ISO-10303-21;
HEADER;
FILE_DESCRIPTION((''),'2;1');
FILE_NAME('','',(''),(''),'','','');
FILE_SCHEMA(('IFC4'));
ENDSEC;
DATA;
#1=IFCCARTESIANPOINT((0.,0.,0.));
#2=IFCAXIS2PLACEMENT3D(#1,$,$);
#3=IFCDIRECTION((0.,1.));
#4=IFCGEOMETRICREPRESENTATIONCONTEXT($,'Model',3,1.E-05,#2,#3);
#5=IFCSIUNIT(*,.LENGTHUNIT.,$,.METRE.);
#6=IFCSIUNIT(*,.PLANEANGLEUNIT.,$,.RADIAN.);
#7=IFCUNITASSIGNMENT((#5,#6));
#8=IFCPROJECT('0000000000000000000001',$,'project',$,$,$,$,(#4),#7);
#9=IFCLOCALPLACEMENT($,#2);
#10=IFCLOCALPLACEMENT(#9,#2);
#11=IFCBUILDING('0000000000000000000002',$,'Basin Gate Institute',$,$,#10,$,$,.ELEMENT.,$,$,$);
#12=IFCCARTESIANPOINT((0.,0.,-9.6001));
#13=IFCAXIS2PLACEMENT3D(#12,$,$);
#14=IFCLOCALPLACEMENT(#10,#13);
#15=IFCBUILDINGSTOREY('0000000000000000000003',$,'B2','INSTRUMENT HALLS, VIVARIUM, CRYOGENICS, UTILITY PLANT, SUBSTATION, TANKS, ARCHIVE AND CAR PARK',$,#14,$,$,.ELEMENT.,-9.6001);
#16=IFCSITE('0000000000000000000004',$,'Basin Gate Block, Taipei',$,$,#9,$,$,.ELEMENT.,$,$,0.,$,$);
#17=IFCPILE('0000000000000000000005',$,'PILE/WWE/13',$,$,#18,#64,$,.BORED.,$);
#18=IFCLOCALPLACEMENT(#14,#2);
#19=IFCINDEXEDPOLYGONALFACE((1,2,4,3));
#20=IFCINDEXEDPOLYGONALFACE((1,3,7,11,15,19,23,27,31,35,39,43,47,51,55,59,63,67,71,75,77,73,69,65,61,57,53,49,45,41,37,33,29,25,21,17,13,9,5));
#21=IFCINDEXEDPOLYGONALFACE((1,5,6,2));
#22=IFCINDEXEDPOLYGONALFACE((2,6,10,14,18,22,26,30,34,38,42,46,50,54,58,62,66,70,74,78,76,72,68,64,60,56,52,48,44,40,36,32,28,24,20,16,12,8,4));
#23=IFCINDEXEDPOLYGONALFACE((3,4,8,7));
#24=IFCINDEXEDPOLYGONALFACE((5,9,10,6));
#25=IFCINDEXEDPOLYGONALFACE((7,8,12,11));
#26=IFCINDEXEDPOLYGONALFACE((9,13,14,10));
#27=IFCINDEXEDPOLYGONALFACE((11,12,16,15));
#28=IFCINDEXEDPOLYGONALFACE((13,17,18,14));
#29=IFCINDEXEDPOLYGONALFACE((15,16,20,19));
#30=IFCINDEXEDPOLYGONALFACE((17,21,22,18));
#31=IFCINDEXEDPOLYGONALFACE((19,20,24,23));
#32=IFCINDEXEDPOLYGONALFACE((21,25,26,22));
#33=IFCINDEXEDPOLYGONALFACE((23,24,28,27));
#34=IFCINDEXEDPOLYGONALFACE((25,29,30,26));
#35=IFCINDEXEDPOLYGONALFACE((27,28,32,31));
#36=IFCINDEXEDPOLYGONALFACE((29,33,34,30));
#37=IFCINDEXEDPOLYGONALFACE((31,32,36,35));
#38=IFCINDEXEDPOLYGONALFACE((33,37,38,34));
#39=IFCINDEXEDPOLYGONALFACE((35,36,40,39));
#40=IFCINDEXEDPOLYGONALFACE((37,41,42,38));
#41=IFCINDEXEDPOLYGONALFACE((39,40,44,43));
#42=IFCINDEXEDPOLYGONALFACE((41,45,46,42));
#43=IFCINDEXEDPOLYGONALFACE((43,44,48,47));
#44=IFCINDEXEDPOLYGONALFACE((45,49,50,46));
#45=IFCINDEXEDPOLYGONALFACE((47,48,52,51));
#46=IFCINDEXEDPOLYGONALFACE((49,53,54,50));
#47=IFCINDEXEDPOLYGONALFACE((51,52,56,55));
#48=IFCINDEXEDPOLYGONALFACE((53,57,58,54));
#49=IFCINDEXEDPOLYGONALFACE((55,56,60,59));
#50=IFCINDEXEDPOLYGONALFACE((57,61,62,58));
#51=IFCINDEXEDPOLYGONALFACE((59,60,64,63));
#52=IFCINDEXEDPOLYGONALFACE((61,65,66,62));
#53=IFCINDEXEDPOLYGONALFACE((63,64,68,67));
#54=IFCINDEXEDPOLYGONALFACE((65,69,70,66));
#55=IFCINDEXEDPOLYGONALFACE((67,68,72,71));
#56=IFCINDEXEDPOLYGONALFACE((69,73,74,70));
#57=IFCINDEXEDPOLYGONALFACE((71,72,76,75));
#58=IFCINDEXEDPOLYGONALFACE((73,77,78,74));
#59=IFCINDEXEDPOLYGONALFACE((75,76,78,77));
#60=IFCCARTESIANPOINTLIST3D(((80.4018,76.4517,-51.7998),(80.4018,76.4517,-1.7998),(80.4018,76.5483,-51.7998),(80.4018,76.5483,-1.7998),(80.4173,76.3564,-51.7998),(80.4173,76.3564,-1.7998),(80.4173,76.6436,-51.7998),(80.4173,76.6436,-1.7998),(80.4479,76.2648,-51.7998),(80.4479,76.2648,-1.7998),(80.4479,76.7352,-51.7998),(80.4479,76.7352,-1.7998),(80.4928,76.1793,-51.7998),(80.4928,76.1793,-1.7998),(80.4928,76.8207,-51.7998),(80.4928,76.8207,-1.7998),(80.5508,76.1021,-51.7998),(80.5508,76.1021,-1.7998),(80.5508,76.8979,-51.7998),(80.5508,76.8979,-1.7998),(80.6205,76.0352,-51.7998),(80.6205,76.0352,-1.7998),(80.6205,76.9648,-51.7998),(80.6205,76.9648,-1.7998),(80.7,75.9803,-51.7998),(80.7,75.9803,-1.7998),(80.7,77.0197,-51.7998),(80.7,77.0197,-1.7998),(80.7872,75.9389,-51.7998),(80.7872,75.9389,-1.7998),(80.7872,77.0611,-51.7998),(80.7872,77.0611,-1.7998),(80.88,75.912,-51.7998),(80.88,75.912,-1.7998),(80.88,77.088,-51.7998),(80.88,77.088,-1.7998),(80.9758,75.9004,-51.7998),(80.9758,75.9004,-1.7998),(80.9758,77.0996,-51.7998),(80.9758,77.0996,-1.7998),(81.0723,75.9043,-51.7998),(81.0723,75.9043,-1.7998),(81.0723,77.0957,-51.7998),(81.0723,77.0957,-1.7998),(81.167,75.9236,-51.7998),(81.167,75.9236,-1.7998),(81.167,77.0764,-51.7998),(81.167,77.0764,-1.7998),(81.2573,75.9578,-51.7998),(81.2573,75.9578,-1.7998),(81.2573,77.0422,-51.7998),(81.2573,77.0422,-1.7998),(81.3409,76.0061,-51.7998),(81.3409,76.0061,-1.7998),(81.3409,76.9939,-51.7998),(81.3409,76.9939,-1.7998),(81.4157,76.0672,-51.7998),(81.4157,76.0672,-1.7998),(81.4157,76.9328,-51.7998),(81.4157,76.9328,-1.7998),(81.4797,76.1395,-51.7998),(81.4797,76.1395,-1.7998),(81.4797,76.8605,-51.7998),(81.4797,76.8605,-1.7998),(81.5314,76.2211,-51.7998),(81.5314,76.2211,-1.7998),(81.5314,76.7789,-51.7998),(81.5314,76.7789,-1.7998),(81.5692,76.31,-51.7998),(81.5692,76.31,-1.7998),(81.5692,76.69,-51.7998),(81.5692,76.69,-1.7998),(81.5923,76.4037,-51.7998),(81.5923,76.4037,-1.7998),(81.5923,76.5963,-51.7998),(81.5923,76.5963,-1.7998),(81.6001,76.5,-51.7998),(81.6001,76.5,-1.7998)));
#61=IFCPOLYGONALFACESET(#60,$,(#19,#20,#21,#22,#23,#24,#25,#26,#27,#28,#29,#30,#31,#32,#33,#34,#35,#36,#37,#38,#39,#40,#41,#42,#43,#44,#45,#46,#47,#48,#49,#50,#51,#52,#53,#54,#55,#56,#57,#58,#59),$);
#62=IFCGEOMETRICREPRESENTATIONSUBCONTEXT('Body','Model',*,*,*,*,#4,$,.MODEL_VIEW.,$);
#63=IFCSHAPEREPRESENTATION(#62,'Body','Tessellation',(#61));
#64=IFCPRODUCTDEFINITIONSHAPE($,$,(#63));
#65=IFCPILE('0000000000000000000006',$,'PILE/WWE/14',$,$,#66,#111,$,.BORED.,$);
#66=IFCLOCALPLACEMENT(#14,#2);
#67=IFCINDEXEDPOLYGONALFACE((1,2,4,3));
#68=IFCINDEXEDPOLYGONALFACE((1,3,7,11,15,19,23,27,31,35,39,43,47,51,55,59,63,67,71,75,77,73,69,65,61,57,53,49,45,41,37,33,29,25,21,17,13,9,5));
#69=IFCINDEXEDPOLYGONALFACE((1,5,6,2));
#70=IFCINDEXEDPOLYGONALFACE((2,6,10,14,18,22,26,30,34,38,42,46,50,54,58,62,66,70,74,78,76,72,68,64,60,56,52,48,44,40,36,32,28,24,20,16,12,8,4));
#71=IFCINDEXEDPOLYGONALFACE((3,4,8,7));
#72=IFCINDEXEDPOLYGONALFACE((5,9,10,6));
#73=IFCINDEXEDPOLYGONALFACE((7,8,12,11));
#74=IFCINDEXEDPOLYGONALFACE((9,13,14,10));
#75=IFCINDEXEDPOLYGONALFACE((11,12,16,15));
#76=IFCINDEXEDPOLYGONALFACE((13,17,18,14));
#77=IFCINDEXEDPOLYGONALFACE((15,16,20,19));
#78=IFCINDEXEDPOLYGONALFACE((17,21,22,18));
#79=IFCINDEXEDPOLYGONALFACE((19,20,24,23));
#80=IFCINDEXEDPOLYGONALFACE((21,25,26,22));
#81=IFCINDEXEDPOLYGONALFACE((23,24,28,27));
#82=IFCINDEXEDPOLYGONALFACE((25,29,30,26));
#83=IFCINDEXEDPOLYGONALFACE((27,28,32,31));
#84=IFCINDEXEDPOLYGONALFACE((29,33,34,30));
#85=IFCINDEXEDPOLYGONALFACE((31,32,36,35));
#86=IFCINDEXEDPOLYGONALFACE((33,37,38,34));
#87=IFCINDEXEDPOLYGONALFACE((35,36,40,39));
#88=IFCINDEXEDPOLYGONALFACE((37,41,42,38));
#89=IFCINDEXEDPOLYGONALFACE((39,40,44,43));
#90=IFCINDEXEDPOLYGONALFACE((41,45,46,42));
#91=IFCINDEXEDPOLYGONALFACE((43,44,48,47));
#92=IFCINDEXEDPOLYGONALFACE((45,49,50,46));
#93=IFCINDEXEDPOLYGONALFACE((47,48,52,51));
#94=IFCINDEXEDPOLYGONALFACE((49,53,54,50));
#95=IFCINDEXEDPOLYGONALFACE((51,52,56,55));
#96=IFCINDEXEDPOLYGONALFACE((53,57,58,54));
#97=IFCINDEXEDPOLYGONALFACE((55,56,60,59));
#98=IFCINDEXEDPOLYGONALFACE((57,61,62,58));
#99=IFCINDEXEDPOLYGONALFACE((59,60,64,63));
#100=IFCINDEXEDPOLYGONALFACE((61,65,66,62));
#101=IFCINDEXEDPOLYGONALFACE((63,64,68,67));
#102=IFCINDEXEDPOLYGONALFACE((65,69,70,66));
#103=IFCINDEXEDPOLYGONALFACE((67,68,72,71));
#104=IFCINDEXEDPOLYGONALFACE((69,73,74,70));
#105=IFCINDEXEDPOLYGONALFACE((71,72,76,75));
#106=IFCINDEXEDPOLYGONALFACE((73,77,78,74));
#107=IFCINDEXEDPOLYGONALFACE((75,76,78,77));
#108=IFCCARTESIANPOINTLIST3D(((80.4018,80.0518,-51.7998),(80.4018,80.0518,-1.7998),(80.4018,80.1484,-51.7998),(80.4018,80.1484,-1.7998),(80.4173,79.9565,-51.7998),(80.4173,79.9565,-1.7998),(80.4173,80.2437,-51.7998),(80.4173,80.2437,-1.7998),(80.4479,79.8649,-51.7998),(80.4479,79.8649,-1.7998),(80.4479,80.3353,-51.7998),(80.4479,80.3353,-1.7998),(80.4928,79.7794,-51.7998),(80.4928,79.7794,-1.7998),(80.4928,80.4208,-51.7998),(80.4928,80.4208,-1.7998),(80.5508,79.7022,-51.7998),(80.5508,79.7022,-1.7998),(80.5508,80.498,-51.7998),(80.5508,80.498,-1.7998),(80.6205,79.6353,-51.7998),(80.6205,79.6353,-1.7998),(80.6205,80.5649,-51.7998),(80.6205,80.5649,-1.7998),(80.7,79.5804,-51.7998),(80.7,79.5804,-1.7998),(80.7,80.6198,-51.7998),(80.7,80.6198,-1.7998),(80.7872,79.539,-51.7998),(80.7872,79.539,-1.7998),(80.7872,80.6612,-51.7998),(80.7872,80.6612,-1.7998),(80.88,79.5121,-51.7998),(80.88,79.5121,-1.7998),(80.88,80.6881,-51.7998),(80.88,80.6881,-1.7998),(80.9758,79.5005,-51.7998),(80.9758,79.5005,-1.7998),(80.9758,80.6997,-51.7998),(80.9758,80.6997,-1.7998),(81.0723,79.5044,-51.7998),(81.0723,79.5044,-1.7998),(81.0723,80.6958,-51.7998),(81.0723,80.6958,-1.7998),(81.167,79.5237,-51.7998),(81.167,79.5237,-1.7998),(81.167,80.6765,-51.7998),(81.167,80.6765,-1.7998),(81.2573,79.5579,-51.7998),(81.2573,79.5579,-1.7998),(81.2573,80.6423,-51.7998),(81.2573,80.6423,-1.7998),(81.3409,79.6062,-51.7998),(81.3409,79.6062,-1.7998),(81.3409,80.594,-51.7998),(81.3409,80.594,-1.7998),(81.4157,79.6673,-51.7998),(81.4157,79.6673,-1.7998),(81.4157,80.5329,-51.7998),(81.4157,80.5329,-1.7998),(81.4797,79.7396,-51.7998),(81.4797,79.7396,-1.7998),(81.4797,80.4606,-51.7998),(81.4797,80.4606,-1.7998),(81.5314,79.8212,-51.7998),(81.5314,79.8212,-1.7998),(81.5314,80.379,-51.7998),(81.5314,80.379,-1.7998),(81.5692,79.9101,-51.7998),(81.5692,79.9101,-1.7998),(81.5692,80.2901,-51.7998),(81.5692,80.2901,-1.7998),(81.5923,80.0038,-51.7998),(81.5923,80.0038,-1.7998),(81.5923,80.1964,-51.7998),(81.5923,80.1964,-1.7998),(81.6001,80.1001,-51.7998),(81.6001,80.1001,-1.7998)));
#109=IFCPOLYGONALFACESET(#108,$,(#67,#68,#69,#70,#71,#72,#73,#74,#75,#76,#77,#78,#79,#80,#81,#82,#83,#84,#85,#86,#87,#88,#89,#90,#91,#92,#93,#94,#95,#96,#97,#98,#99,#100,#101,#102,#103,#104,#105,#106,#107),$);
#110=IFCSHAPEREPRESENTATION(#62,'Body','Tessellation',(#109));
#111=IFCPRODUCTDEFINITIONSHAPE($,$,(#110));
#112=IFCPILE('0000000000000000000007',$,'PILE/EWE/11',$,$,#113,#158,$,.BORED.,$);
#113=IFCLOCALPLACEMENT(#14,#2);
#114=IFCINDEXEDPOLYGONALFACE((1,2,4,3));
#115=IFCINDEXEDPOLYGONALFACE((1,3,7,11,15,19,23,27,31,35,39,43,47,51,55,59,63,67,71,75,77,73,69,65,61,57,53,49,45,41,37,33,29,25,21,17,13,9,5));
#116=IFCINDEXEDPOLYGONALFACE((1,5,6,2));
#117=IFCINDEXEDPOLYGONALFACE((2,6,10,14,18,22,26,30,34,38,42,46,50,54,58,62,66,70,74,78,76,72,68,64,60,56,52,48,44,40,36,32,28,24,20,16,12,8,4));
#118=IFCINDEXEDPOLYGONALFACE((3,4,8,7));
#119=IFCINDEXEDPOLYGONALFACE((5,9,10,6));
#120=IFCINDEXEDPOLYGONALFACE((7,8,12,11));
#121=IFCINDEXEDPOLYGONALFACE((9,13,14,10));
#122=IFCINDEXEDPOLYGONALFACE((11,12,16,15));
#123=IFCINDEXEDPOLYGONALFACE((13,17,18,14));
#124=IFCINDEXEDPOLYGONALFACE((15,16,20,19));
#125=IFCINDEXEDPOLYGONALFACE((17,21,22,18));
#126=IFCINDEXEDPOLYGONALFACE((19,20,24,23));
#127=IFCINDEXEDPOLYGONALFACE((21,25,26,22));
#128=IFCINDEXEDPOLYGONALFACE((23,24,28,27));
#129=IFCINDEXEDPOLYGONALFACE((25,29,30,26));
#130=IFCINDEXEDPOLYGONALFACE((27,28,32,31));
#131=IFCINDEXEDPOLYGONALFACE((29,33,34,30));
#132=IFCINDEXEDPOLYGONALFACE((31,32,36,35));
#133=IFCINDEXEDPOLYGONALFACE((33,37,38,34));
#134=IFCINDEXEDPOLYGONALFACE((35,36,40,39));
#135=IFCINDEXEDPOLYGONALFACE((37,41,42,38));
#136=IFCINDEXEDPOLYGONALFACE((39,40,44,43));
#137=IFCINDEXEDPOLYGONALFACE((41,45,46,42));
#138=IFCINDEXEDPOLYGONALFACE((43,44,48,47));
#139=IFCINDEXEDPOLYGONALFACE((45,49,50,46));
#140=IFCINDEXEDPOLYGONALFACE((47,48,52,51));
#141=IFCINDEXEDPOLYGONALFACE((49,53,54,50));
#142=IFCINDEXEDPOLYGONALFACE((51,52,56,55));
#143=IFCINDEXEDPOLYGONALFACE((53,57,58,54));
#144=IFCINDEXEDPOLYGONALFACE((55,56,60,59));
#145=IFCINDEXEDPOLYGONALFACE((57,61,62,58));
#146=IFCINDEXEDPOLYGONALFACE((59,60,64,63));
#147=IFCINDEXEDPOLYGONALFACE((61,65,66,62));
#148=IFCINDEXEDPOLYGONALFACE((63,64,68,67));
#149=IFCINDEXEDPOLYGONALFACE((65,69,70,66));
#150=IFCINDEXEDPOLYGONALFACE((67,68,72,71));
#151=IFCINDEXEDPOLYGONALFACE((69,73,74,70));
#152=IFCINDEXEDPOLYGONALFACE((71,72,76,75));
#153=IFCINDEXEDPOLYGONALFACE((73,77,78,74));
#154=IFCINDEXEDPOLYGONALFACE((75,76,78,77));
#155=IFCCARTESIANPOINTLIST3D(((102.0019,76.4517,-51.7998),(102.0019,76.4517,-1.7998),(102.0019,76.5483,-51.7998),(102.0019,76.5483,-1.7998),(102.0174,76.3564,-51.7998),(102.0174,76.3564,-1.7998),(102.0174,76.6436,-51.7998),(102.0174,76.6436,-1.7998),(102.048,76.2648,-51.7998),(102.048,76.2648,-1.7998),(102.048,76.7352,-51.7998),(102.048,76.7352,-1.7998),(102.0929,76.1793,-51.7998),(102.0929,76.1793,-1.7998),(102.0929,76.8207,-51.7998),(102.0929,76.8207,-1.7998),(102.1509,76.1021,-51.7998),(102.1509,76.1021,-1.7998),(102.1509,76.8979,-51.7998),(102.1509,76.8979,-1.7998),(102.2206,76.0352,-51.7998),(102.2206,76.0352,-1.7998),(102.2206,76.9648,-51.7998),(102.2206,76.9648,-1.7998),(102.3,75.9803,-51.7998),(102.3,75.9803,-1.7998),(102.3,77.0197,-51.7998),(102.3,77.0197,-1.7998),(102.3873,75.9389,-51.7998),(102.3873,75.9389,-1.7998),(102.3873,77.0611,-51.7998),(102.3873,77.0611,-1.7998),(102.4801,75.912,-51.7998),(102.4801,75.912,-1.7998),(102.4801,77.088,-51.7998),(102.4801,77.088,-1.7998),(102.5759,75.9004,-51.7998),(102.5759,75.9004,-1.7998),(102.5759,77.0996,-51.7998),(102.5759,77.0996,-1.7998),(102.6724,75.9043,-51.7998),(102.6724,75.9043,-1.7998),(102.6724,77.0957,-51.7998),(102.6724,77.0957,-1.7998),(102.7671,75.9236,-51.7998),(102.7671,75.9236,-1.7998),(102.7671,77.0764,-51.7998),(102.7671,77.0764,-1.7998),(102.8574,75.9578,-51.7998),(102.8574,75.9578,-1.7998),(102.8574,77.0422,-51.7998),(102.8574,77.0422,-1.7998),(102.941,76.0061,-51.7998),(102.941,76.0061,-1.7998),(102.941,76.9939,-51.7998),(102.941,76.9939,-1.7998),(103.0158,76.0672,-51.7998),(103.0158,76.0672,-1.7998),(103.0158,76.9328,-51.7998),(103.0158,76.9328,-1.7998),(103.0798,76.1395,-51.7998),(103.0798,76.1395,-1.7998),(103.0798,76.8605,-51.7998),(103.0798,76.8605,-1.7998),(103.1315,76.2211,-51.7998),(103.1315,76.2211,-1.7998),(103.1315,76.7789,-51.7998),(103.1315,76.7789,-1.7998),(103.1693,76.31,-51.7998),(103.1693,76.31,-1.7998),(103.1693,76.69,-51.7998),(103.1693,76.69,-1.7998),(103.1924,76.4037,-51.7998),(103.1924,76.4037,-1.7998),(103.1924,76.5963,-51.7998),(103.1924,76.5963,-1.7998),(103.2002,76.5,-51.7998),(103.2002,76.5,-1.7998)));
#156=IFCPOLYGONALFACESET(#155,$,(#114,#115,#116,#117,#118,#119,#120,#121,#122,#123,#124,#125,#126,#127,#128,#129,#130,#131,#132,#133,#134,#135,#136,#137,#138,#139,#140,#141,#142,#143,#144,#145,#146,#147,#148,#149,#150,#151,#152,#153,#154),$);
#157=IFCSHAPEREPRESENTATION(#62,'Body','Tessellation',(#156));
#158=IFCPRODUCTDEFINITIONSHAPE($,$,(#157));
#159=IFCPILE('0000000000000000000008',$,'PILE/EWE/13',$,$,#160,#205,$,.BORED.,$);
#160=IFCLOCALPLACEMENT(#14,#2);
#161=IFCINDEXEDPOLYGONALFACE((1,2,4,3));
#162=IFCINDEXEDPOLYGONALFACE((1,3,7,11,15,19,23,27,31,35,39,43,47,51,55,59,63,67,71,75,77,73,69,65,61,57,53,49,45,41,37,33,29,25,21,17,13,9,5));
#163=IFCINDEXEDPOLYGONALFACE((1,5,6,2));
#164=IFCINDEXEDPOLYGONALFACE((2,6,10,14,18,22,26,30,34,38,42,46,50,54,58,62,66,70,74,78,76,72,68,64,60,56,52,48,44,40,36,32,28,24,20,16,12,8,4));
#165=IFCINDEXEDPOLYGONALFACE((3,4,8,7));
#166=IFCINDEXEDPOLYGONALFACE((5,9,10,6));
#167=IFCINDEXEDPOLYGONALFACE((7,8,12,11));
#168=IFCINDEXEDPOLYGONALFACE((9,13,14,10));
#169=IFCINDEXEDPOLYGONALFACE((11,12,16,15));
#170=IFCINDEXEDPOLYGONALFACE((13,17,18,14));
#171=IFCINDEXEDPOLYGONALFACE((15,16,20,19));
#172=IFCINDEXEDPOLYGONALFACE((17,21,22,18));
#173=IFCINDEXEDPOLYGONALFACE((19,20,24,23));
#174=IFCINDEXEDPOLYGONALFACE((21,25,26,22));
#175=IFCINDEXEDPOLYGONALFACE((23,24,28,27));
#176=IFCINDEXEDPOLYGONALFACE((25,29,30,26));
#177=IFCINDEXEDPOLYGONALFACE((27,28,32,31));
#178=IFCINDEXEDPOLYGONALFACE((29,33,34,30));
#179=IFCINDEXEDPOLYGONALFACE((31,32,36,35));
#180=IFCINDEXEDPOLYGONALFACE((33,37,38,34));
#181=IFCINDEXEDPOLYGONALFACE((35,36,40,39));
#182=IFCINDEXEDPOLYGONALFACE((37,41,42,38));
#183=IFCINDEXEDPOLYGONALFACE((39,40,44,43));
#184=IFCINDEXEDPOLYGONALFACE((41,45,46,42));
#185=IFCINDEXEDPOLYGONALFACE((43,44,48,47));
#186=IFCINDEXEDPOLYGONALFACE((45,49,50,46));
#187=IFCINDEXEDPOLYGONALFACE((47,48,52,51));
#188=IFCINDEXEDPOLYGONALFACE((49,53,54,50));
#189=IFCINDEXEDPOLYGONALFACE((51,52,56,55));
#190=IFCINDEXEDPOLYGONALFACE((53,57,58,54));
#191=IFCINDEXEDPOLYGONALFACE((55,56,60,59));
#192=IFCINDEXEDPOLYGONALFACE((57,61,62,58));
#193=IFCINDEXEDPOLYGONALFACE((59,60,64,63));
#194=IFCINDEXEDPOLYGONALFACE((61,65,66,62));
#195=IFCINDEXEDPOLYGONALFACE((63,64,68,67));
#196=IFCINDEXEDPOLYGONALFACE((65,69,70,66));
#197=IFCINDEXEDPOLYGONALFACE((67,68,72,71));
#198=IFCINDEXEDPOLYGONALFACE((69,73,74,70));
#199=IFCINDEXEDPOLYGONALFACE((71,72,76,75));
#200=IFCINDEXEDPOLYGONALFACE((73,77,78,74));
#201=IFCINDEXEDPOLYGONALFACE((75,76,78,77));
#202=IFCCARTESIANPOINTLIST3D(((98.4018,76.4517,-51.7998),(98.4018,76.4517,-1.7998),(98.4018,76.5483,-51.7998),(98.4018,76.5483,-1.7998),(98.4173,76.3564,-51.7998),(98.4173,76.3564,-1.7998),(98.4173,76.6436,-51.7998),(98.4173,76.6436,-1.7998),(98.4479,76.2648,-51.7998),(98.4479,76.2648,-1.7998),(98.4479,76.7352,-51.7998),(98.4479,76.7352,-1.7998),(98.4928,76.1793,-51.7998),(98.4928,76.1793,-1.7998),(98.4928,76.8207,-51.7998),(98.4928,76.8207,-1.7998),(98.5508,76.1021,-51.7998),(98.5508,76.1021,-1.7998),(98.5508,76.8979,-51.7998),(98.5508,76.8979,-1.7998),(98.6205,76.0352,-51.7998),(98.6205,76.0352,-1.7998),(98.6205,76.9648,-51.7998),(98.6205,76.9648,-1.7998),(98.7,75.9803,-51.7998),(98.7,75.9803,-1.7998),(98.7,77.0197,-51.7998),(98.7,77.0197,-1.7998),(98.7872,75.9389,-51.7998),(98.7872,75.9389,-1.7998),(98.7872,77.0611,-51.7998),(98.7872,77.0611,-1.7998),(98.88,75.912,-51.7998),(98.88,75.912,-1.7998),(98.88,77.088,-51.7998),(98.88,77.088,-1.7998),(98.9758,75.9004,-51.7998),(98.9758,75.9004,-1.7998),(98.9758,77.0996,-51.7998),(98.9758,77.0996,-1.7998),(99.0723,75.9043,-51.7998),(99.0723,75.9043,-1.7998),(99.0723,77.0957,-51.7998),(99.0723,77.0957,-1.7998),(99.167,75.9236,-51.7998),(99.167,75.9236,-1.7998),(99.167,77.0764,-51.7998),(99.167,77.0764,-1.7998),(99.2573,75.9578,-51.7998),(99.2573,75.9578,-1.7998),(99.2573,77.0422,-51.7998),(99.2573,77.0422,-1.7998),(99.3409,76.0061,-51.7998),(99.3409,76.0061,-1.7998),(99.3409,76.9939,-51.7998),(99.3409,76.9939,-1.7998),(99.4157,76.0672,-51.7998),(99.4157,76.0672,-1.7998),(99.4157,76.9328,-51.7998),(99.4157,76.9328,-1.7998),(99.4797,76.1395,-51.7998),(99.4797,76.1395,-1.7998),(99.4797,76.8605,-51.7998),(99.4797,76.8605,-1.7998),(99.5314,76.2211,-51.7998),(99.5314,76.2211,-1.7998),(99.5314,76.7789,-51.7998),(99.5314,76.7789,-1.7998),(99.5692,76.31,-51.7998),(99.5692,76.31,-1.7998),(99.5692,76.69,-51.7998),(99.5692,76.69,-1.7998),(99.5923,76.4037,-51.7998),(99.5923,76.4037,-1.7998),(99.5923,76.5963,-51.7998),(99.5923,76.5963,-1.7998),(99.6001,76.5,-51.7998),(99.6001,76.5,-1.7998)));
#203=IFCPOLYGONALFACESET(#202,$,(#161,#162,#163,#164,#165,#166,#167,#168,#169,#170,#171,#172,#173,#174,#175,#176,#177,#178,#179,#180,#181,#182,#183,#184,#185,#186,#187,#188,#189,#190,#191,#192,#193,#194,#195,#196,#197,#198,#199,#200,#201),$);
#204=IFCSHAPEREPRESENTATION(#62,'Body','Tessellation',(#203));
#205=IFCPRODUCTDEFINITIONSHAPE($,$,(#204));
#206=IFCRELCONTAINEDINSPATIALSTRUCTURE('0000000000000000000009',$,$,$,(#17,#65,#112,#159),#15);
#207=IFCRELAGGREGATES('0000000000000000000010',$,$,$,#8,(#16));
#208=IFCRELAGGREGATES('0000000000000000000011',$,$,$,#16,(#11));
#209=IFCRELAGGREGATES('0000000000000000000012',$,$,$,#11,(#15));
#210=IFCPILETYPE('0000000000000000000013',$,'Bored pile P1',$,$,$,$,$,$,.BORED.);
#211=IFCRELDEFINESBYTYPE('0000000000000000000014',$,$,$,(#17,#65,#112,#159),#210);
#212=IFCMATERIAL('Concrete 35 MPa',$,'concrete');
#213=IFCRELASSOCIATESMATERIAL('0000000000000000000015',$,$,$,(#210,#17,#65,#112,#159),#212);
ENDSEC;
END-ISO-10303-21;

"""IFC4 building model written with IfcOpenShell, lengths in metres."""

from ifc_helpers import new_model, si_unit, direction, frame, origin, origin_2d, place, context, subcontext, project, spatial, circle, extrude, material, material_profile, profile_set, type_object, element, save


model = new_model("IFC4")

# Units and contexts
model_context = context("Model", 3, precision=1e-05, world=origin(), true_north=direction((0.0, 1.0)))
body_context = subcontext(model_context, "Body", "Model", "MODEL_VIEW")
ifc_project = project(units=[si_unit("LENGTHUNIT", "METRE"), si_unit("PLANEANGLEUNIT", "RADIAN")], contexts=[model_context])

# Site, building, storey
site_placement = place(None, origin())
site = spatial("IfcSite", under=ifc_project, at=site_placement, Name="Basin Gate Block, Taipei", CompositionType="ELEMENT", RefElevation=0.0)
building_placement = place(site_placement, origin())
building = spatial("IfcBuilding", under=site, at=building_placement, Name="Basin Gate Institute", CompositionType="ELEMENT")
storey_placement = place(building_placement, frame((0.0, 0.0, -9.6001)))
storey = spatial("IfcBuildingStorey", under=building, at=storey_placement, Name="B2", Description="INSTRUMENT HALLS, VIVARIUM, CRYOGENICS, UTILITY PLANT, SUBSTATION, TANKS, ARCHIVE AND CAR PARK", CompositionType="ELEMENT", Elevation=-9.6001)

# Piles
ifc_material_1 = material(Name="Concrete 35 MPa", Category="concrete")
ifc_material_profile_1 = material_profile(ifc_material_1, circle(Radius=0.6001, at=origin_2d()), Name="Bored pile P1 1200 dia")
ifc_profile_set_1 = profile_set([ifc_material_profile_1], Name="Concrete 35 MPa")
pile_type = type_object("IfcPileType", Name="Bored pile P1", PredefinedType="BORED", material=ifc_profile_set_1)
for number, where, z_axis, x_axis, name in (
    (1, (81.0, 76.5, -1.7998), (0.0, 0.0, -1.0), (1.0, 0.0, 0.0), "PILE/WWE/13"),
    (2, (81.0, 80.1001, -1.7998), (0.0, 0.0, -1.0), (1.0, 0.0, 0.0), "PILE/WWE/14"),
    (3, (102.6001, 76.5, -1.7998), (0.0, 0.0, -1.0), (1.0, 0.0, 0.0), "PILE/EWE/11"),
    (4, (99.0, 76.5, -1.7998), (0.0, 0.0, -1.0), (1.0, 0.0, 0.0), "PILE/EWE/13"),
):
    element("IfcPile", number, at=place(storey_placement, frame(where, z_axis=z_axis, x_axis=x_axis)), inside=storey, type_object=pile_type, material=ifc_profile_set_1, Name=name, PredefinedType="BORED", context=body_context, shape_type="SweptSolid", body=[
        extrude(circle(Radius=0.6001, at=origin_2d()), origin(), (0.0, 0.0, 1.0), 50.0),
    ])

save(model, "model.ifc")
